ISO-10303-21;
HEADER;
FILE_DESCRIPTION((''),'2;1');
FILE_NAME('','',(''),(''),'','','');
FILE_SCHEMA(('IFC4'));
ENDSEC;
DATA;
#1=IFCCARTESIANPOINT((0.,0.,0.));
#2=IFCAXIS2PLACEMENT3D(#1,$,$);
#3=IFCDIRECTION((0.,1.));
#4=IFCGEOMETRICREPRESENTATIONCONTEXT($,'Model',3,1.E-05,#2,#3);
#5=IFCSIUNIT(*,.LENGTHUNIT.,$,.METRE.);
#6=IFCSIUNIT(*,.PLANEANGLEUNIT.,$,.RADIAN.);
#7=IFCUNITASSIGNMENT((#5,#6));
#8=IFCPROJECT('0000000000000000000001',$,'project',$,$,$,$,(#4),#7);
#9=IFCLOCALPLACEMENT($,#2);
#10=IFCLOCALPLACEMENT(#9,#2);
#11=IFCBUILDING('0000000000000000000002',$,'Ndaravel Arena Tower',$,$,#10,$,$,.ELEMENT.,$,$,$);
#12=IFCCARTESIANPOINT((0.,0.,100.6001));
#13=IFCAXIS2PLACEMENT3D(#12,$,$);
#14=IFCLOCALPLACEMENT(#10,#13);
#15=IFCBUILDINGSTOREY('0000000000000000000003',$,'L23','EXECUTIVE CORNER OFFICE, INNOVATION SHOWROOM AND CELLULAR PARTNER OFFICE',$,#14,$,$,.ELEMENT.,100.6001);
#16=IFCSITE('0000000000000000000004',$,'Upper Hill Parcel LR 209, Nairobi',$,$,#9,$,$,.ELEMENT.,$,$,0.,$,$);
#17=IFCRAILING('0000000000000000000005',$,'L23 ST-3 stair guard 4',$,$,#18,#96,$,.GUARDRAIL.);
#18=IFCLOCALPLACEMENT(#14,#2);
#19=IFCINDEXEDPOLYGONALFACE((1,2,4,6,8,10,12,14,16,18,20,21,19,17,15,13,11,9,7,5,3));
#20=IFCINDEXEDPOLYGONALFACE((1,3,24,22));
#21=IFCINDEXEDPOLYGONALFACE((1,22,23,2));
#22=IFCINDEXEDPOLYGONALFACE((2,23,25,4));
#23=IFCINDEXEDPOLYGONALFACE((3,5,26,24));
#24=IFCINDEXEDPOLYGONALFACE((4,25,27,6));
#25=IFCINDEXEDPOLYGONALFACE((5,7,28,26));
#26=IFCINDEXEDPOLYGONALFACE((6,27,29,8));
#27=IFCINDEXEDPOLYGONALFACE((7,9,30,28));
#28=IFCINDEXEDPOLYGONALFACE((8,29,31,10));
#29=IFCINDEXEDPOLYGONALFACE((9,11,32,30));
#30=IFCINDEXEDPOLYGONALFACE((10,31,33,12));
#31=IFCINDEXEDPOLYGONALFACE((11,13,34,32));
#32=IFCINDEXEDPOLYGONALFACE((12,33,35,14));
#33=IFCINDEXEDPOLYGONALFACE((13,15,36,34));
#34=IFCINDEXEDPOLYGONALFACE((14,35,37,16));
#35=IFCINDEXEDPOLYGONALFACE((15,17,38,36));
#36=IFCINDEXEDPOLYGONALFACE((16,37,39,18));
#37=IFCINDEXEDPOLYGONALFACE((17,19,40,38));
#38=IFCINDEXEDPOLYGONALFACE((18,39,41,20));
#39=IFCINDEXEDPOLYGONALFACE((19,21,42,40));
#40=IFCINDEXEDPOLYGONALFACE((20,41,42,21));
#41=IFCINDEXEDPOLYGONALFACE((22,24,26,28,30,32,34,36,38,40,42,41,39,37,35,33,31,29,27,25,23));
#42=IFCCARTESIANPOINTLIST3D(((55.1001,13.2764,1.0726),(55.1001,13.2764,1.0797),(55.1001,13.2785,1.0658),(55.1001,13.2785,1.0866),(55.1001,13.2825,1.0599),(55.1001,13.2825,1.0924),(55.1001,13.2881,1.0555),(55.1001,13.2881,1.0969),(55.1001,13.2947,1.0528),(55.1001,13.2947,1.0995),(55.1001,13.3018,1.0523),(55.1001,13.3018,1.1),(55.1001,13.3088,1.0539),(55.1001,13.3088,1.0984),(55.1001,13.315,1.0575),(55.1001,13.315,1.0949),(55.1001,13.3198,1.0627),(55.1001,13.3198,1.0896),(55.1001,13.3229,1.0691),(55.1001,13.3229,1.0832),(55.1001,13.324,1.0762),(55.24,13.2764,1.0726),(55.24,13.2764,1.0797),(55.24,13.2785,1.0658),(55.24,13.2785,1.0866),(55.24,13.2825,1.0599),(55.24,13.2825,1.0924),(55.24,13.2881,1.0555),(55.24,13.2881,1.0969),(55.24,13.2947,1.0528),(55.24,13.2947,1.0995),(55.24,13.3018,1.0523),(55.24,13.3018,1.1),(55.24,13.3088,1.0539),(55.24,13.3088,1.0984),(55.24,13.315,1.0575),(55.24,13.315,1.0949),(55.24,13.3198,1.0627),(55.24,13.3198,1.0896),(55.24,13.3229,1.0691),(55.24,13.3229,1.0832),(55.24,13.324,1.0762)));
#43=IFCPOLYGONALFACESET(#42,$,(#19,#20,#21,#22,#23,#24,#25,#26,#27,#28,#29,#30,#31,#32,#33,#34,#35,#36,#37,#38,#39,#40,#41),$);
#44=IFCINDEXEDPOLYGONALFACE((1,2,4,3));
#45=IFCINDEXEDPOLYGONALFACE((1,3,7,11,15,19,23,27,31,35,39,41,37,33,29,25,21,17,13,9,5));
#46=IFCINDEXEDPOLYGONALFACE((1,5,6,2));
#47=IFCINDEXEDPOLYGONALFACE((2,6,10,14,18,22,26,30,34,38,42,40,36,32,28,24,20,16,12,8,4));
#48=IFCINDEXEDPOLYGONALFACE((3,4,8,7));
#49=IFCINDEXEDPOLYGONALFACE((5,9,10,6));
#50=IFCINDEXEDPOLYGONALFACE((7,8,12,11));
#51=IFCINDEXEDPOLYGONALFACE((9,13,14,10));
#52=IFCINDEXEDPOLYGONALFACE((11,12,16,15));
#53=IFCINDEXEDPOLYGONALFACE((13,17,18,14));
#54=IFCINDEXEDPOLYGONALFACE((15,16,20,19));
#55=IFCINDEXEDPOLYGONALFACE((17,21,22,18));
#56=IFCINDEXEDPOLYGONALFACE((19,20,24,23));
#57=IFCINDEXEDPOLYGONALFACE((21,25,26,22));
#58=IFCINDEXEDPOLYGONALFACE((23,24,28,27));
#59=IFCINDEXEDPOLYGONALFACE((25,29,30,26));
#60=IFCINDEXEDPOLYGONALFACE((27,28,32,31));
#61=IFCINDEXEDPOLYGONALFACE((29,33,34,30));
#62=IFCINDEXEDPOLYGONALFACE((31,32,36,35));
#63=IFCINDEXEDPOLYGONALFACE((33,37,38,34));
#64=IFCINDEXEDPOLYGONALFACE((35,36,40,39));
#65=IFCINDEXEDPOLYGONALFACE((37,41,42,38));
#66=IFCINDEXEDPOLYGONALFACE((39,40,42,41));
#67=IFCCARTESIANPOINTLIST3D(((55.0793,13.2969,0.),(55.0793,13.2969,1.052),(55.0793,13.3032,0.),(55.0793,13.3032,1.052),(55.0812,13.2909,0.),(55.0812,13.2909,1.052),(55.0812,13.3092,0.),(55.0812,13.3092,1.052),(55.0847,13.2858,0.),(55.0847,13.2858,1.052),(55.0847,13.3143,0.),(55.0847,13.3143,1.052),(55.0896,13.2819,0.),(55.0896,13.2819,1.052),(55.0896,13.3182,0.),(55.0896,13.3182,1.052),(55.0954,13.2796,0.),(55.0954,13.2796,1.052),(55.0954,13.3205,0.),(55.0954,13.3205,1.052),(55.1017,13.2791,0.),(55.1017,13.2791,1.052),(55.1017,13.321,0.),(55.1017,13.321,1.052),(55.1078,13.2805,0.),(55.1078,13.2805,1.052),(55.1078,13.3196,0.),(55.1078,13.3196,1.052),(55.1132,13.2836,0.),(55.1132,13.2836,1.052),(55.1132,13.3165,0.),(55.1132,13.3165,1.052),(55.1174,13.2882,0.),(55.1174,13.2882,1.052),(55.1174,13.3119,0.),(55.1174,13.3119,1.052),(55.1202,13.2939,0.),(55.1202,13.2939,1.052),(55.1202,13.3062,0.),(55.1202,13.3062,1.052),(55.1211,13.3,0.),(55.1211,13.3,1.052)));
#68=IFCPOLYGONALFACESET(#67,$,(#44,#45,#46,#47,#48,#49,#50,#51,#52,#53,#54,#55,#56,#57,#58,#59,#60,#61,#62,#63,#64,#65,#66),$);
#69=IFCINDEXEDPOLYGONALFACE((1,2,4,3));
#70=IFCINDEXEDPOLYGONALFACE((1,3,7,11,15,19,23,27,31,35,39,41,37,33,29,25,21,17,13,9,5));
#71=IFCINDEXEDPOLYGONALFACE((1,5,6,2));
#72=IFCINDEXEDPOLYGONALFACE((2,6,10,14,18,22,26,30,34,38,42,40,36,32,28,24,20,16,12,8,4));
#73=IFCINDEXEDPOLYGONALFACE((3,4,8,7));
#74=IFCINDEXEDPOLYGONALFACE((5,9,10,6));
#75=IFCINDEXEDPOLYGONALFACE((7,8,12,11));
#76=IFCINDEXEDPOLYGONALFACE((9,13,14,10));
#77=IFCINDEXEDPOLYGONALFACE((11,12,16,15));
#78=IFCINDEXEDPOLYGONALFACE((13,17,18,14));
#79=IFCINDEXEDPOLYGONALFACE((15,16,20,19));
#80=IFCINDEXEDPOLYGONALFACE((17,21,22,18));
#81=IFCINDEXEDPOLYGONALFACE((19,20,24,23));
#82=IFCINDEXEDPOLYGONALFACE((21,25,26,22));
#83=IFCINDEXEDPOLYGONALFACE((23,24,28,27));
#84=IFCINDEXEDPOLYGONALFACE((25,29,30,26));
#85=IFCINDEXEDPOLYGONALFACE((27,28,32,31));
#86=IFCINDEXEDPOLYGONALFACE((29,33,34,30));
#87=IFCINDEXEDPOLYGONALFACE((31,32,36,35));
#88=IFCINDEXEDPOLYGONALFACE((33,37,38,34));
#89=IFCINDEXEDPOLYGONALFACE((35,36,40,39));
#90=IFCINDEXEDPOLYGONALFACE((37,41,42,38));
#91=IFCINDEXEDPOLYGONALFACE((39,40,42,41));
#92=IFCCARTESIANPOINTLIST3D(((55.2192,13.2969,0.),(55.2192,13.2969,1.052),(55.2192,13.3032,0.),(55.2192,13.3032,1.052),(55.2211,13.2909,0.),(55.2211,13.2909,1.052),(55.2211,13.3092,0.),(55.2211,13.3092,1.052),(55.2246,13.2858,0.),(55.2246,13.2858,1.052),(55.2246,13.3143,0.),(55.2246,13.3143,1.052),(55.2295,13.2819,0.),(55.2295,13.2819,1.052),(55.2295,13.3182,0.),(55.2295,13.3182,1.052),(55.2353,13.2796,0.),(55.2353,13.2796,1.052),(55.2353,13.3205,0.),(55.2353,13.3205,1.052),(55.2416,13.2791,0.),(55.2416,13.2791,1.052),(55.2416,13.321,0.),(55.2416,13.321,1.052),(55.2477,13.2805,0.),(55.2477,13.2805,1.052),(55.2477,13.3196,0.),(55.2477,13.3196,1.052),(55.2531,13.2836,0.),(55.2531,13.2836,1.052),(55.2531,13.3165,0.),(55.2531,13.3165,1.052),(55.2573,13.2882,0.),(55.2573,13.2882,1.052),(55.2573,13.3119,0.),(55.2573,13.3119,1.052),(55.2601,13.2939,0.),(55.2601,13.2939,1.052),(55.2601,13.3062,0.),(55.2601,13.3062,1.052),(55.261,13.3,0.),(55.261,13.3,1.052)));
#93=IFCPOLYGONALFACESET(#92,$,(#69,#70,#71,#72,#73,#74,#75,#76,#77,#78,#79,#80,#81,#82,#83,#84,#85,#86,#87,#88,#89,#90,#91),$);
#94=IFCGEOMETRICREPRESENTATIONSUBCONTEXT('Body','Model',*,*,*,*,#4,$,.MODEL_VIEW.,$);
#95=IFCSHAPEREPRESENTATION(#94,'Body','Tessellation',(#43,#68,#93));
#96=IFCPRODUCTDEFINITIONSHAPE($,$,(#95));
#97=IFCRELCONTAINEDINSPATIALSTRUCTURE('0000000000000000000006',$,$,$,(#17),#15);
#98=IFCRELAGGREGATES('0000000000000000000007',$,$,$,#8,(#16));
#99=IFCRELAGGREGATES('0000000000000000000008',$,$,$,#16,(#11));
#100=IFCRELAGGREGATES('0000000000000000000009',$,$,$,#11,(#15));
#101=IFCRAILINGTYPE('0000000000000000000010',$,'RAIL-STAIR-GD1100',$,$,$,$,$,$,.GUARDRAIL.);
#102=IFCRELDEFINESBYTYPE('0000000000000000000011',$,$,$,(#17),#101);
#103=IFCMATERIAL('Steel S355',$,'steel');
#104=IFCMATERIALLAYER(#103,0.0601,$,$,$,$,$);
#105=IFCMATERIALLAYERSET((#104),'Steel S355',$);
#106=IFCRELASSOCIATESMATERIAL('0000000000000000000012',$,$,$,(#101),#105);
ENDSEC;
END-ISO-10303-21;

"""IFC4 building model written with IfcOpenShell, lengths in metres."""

from ifc_helpers import new_model, si_unit, direction, frame, origin, origin_2d, place, context, subcontext, project, spatial, circle, extrude, material, layer, layer_set, type_object, element, save


model = new_model("IFC4")

# Units and contexts
model_context = context("Model", 3, precision=1e-05, world=origin(), true_north=direction((0.0, 1.0)))
body_context = subcontext(model_context, "Body", "Model", "MODEL_VIEW")
ifc_project = project(units=[si_unit("LENGTHUNIT", "METRE"), si_unit("PLANEANGLEUNIT", "RADIAN")], contexts=[model_context])

# Site, building, storey
site_placement = place(None, origin())
site = spatial("IfcSite", under=ifc_project, at=site_placement, Name="Upper Hill Parcel LR 209, Nairobi", CompositionType="ELEMENT", RefElevation=0.0)
building_placement = place(site_placement, origin())
building = spatial("IfcBuilding", under=site, at=building_placement, Name="Ndaravel Arena Tower", CompositionType="ELEMENT")
storey_placement = place(building_placement, frame((0.0, 0.0, 100.6001)))
storey = spatial("IfcBuildingStorey", under=building, at=storey_placement, Name="L23", Description="EXECUTIVE CORNER OFFICE, INNOVATION SHOWROOM AND CELLULAR PARTNER OFFICE", CompositionType="ELEMENT", Elevation=100.6001)

# Railing
ifc_material_1 = material(Name="Steel S355", Category="steel")
ifc_layer_1 = layer(ifc_material_1, 0.0601)
ifc_layer_set_1 = layer_set([ifc_layer_1], Name="Steel S355")
railing_type_1 = type_object("IfcRailingType", Name="RAIL-STAIR-GD1100", PredefinedType="GUARDRAIL", material=ifc_layer_set_1)
railing_1_placement = place(storey_placement, frame((55.1001, 13.3, 0.0)))
element("IfcRailing", 1, at=railing_1_placement, inside=storey, type_object=railing_type_1, Name="L23 ST-3 stair guard 4", PredefinedType="GUARDRAIL", context=body_context, shape_type="SweptSolid", body=[
    extrude(circle(Radius=0.0239, at=origin_2d()), frame((0.0, 0.0, 1.0762), z_axis=(1.0, 0.0, 0.0), x_axis=(0.0, 1.0, 0.0)), (0.0, 0.0, 1.0), 0.1399),
    extrude(circle(Radius=0.021, at=origin_2d()), origin(), (0.0, 0.0, 1.0), 1.052),
    extrude(circle(Radius=0.021, at=origin_2d()), frame((0.1399, 0.0, 0.0)), (0.0, 0.0, 1.0), 1.052),
])

save(model, "model.ifc")
